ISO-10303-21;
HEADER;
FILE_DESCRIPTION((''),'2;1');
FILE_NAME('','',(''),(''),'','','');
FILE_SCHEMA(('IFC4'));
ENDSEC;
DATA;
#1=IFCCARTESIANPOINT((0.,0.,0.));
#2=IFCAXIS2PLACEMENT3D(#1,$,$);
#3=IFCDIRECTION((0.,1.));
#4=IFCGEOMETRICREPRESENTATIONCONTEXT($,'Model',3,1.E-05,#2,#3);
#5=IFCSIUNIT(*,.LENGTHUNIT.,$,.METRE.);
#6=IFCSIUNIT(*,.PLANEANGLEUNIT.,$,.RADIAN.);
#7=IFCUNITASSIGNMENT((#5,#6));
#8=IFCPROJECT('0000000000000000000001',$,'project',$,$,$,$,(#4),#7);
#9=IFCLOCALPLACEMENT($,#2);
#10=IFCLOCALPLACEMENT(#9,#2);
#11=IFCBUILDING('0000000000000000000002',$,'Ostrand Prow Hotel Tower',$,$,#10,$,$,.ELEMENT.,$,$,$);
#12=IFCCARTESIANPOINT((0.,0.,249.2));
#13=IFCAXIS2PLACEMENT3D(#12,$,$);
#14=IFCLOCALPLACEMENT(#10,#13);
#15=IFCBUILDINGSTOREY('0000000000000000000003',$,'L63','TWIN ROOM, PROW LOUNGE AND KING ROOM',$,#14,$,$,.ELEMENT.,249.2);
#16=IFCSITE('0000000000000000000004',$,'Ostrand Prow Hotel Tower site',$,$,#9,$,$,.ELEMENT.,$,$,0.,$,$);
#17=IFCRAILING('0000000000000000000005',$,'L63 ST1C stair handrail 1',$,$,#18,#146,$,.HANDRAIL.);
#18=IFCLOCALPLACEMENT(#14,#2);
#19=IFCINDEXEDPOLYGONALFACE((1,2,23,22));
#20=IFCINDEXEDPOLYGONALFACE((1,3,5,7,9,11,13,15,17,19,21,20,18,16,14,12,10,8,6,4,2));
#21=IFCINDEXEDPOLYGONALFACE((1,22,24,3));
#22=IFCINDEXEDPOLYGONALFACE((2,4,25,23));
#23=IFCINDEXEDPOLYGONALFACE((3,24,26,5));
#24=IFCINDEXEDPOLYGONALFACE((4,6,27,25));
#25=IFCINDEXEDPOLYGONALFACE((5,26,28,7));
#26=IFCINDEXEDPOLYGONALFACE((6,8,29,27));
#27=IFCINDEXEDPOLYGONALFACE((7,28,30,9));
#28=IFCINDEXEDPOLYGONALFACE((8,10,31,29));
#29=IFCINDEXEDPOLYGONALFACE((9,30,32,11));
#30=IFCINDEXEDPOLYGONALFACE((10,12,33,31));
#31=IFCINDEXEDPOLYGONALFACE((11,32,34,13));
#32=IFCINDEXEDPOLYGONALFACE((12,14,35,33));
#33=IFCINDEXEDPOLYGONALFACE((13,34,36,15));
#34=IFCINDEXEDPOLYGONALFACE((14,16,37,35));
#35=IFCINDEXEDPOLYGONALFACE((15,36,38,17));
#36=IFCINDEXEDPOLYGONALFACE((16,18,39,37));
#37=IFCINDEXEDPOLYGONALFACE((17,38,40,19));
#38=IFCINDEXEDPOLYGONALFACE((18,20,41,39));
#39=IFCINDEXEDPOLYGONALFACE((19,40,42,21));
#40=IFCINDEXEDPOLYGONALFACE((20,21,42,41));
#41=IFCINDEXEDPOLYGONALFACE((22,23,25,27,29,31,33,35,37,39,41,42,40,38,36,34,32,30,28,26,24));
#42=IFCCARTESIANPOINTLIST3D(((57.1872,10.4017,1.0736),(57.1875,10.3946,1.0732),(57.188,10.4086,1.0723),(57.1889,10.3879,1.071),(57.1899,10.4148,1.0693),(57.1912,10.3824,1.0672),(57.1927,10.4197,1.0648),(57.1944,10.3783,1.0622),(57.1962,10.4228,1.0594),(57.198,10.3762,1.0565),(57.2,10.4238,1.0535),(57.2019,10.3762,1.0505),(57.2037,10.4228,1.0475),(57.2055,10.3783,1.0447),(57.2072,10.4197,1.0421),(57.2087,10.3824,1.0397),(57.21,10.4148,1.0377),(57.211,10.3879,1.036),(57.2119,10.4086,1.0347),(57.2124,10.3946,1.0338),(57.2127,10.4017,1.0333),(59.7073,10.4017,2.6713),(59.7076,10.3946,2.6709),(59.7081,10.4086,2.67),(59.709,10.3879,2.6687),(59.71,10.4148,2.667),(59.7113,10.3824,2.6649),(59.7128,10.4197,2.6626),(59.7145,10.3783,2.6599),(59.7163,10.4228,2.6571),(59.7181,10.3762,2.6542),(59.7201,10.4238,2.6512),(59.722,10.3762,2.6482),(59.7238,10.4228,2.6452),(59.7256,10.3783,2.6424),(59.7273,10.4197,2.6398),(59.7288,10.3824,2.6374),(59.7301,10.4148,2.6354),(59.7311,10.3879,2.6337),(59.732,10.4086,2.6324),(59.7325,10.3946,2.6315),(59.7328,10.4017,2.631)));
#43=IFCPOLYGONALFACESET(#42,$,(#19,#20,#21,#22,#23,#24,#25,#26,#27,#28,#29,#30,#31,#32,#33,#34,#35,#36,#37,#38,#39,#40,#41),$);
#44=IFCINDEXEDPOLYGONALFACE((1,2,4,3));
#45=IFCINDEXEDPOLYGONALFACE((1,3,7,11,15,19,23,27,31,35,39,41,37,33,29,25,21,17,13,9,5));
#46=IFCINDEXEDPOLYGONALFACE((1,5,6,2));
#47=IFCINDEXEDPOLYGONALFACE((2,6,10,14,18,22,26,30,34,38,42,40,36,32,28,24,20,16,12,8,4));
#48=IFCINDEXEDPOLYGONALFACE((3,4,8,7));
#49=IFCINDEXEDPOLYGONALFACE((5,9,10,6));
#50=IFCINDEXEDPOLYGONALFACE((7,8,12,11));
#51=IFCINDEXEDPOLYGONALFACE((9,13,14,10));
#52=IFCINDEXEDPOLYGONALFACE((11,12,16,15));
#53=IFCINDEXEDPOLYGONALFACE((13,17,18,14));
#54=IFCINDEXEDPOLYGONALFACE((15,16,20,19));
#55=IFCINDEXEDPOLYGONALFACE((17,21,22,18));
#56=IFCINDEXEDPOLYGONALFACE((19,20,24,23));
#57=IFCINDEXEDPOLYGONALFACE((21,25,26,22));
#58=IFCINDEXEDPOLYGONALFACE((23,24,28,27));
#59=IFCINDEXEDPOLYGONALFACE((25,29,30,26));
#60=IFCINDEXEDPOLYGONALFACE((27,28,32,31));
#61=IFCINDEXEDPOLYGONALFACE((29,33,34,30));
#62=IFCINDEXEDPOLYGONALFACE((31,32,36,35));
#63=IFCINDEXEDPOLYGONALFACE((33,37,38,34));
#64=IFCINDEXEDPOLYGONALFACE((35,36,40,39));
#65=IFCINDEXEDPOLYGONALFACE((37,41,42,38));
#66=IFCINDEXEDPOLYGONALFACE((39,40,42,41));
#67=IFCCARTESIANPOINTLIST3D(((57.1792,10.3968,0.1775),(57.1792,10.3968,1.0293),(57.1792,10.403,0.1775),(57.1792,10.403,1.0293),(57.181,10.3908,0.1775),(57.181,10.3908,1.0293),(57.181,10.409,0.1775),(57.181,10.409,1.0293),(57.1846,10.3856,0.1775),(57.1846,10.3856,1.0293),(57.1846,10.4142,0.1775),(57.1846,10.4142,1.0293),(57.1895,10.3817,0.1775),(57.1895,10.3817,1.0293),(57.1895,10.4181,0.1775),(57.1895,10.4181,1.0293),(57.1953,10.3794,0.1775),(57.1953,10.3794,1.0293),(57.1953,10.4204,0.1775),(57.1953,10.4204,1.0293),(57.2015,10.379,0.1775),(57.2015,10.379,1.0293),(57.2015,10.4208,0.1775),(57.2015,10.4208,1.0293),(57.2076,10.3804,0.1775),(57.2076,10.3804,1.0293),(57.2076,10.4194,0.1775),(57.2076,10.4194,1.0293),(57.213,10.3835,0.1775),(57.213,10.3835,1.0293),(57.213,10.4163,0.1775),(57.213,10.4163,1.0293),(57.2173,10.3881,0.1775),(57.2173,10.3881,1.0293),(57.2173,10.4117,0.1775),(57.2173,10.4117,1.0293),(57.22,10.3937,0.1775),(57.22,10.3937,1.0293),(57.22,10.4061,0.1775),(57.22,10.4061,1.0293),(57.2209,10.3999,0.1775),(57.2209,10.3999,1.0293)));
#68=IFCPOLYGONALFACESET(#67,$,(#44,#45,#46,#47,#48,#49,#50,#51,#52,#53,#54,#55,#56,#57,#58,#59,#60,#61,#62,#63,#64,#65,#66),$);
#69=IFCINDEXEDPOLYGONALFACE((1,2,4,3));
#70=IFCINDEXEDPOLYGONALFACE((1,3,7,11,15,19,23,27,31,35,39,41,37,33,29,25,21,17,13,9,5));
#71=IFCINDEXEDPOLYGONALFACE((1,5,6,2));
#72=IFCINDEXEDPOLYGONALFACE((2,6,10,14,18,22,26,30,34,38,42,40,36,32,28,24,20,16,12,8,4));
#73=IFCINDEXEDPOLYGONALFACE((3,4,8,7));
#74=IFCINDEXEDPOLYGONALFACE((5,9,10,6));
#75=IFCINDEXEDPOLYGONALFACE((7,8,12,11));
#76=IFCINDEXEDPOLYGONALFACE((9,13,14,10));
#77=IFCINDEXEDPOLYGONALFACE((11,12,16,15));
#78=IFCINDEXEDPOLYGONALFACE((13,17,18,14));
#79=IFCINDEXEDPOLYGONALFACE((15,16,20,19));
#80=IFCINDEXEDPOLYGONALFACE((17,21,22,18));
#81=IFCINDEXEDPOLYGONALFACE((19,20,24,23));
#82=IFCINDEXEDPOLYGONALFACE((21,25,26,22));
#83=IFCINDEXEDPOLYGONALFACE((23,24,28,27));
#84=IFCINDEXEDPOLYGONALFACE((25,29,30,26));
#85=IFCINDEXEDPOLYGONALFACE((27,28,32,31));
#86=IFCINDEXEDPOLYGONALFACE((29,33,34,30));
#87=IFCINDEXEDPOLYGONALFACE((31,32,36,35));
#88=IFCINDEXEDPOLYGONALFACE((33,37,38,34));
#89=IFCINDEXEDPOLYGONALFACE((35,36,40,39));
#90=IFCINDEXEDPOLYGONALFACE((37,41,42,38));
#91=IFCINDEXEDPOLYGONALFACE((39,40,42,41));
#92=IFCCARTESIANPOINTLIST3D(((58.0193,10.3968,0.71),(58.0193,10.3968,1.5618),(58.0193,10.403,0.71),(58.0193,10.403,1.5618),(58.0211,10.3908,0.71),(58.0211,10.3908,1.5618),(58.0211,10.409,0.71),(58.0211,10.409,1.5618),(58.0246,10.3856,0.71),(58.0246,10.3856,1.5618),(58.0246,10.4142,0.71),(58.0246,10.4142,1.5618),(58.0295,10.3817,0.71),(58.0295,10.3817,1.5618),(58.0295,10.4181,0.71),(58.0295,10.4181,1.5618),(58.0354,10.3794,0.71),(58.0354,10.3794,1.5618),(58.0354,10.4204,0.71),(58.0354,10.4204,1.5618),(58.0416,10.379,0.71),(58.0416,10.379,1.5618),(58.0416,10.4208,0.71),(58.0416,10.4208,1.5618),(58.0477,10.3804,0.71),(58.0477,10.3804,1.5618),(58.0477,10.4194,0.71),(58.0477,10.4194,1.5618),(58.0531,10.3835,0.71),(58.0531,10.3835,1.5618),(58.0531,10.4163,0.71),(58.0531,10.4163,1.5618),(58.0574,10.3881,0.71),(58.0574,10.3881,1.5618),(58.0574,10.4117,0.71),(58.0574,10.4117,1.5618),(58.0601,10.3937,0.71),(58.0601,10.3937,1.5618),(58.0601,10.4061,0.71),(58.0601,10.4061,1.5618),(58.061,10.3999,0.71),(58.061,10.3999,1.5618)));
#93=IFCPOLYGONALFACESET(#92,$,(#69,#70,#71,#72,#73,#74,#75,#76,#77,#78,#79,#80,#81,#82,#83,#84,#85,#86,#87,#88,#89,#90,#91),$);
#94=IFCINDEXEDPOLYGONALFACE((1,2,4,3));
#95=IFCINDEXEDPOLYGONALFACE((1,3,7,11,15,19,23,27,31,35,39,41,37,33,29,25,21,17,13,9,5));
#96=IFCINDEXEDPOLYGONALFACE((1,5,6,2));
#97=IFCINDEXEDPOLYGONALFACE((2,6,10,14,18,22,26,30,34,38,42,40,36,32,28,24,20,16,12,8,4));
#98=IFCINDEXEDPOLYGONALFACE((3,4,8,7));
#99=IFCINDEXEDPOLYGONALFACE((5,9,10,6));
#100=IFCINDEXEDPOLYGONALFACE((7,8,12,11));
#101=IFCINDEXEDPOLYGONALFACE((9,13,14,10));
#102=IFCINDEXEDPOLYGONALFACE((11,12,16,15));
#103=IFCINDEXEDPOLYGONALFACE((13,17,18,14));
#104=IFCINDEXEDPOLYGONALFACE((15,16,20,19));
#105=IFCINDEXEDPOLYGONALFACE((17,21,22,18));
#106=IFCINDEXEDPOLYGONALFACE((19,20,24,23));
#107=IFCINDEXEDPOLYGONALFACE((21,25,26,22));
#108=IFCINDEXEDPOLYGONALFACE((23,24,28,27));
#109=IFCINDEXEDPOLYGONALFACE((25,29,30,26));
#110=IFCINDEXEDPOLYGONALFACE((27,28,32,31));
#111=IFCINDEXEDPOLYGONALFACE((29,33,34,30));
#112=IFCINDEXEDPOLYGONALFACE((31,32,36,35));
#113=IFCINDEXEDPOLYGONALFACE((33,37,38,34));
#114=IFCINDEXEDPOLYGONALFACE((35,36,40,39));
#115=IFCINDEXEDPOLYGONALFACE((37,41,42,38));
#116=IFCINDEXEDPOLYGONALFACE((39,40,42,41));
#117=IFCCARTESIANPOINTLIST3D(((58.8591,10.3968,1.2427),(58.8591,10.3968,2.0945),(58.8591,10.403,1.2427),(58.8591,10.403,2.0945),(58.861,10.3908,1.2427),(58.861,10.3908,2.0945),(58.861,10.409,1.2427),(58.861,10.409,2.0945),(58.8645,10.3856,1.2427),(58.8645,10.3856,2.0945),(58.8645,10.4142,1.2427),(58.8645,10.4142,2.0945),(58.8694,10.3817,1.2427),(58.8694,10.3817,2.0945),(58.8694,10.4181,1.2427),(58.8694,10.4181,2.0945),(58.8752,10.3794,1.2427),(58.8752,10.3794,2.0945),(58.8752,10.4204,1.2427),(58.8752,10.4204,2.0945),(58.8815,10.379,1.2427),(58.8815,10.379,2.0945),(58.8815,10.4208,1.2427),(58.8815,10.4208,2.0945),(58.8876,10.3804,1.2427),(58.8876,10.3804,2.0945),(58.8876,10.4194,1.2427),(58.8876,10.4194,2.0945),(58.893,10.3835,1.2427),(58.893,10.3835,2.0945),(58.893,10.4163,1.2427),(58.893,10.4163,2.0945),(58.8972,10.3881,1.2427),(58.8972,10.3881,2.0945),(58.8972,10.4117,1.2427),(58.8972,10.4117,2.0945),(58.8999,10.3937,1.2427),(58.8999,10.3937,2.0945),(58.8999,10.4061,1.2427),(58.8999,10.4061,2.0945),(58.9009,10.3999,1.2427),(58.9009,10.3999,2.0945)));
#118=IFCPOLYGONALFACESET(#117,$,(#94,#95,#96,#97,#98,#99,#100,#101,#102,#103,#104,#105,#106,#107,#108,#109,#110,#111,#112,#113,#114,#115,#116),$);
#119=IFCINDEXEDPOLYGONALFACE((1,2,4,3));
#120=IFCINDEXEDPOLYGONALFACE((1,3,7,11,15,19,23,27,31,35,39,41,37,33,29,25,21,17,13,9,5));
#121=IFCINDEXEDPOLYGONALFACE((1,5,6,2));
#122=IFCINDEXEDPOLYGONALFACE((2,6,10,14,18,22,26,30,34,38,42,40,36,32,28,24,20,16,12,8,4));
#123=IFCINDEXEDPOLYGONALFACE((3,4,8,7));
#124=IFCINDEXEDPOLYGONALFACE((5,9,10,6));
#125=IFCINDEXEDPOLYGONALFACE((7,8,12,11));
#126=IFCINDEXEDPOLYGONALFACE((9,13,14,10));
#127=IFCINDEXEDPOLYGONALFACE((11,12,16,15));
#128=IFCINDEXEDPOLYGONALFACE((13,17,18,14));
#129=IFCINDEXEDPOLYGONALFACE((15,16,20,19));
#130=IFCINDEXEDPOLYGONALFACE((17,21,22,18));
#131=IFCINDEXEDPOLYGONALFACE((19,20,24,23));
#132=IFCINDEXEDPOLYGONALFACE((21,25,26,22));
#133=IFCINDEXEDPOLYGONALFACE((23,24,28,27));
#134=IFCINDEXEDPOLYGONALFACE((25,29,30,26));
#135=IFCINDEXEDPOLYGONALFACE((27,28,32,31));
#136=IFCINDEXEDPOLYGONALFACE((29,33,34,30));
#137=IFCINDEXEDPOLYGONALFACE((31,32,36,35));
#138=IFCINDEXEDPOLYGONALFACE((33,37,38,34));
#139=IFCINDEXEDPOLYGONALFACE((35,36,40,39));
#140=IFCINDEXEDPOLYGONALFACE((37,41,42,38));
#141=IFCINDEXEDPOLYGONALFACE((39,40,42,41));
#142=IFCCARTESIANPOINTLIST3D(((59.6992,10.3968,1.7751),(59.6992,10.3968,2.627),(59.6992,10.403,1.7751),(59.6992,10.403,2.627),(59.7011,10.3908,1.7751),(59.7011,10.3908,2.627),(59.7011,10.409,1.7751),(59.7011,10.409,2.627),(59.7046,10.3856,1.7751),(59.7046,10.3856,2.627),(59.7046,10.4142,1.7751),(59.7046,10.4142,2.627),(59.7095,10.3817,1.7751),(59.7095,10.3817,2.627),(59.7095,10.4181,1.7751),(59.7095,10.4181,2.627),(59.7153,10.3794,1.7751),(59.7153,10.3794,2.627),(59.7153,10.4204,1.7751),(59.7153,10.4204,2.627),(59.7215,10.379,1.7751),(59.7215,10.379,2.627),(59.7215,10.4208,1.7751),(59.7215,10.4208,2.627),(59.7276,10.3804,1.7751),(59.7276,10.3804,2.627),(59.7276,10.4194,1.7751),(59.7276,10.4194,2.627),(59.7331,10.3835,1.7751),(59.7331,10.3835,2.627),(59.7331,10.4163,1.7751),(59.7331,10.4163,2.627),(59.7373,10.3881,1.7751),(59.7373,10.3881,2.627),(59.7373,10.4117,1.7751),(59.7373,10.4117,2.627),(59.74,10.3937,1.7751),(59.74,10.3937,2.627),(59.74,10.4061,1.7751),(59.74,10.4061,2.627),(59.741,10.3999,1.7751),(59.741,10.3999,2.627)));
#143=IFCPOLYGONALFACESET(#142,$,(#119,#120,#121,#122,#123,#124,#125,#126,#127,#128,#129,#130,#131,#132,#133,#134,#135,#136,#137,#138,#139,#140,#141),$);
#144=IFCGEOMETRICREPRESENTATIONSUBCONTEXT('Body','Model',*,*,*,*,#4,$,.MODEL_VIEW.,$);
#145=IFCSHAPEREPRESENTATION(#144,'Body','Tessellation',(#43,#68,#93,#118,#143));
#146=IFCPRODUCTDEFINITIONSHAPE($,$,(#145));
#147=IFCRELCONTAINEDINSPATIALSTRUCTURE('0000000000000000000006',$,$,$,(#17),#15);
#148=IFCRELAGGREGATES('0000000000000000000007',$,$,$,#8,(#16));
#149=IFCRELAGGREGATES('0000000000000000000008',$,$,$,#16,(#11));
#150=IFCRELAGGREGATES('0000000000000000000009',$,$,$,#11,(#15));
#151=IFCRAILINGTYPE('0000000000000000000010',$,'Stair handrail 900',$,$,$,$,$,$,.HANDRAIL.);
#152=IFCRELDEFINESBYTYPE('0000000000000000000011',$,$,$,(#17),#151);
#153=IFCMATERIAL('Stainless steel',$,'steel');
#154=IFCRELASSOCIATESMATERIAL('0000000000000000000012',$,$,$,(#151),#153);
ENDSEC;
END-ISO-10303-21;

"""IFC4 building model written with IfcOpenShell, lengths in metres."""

from ifc_helpers import new_model, si_unit, direction, frame, origin, origin_2d, place, context, subcontext, project, spatial, circle, extrude, material, type_object, element, save


model = new_model("IFC4")

# Units and contexts
model_context = context("Model", 3, precision=1e-05, world=origin(), true_north=direction((0.0, 1.0)))
body_context = subcontext(model_context, "Body", "Model", "MODEL_VIEW")
ifc_project = project(units=[si_unit("LENGTHUNIT", "METRE"), si_unit("PLANEANGLEUNIT", "RADIAN")], contexts=[model_context])

# Site, building, storey
site_placement = place(None, origin())
site = spatial("IfcSite", under=ifc_project, at=site_placement, Name="Ostrand Prow Hotel Tower site", CompositionType="ELEMENT", RefElevation=0.0)
building_placement = place(site_placement, origin())
building = spatial("IfcBuilding", under=site, at=building_placement, Name="Ostrand Prow Hotel Tower", CompositionType="ELEMENT")
storey_placement = place(building_placement, frame((0.0, 0.0, 249.2)))
storey = spatial("IfcBuildingStorey", under=building, at=storey_placement, Name="L63", Description="TWIN ROOM, PROW LOUNGE AND KING ROOM", CompositionType="ELEMENT", Elevation=249.2)

# Railing
ifc_material_1 = material(Name="Stainless steel", Category="steel")
railing_type_1 = type_object("IfcRailingType", Name="Stair handrail 900", PredefinedType="HANDRAIL", material=ifc_material_1)
railing_1_placement = place(storey_placement, frame((57.2, 10.3999, 0.1775)))
element("IfcRailing", 1, at=railing_1_placement, inside=storey, type_object=railing_type_1, Name="L63 ST1C stair handrail 1", PredefinedType="HANDRAIL", context=body_context, shape_type="SweptSolid", body=[
    extrude(circle(Radius=0.0239, at=origin_2d()), frame((0.0, 0.0, 0.876), z_axis=(0.84457, 0.0, 0.535445), x_axis=(0.0, 1.0, 0.0)), (0.0, 0.0, 1.0), 2.9839),
    extrude(circle(Radius=0.021, at=origin_2d()), origin(), (0.0, 0.0, 1.0), 0.8518),
    extrude(circle(Radius=0.021, at=origin_2d()), frame((0.8401, 0.0, 0.5325)), (0.0, 0.0, 1.0), 0.8518),
    extrude(circle(Radius=0.021, at=origin_2d()), frame((1.6799, 0.0, 1.0652)), (0.0, 0.0, 1.0), 0.8518),
    extrude(circle(Radius=0.021, at=origin_2d()), frame((2.52, 0.0, 1.5977)), (0.0, 0.0, 1.0), 0.8518),
])

save(model, "model.ifc")
